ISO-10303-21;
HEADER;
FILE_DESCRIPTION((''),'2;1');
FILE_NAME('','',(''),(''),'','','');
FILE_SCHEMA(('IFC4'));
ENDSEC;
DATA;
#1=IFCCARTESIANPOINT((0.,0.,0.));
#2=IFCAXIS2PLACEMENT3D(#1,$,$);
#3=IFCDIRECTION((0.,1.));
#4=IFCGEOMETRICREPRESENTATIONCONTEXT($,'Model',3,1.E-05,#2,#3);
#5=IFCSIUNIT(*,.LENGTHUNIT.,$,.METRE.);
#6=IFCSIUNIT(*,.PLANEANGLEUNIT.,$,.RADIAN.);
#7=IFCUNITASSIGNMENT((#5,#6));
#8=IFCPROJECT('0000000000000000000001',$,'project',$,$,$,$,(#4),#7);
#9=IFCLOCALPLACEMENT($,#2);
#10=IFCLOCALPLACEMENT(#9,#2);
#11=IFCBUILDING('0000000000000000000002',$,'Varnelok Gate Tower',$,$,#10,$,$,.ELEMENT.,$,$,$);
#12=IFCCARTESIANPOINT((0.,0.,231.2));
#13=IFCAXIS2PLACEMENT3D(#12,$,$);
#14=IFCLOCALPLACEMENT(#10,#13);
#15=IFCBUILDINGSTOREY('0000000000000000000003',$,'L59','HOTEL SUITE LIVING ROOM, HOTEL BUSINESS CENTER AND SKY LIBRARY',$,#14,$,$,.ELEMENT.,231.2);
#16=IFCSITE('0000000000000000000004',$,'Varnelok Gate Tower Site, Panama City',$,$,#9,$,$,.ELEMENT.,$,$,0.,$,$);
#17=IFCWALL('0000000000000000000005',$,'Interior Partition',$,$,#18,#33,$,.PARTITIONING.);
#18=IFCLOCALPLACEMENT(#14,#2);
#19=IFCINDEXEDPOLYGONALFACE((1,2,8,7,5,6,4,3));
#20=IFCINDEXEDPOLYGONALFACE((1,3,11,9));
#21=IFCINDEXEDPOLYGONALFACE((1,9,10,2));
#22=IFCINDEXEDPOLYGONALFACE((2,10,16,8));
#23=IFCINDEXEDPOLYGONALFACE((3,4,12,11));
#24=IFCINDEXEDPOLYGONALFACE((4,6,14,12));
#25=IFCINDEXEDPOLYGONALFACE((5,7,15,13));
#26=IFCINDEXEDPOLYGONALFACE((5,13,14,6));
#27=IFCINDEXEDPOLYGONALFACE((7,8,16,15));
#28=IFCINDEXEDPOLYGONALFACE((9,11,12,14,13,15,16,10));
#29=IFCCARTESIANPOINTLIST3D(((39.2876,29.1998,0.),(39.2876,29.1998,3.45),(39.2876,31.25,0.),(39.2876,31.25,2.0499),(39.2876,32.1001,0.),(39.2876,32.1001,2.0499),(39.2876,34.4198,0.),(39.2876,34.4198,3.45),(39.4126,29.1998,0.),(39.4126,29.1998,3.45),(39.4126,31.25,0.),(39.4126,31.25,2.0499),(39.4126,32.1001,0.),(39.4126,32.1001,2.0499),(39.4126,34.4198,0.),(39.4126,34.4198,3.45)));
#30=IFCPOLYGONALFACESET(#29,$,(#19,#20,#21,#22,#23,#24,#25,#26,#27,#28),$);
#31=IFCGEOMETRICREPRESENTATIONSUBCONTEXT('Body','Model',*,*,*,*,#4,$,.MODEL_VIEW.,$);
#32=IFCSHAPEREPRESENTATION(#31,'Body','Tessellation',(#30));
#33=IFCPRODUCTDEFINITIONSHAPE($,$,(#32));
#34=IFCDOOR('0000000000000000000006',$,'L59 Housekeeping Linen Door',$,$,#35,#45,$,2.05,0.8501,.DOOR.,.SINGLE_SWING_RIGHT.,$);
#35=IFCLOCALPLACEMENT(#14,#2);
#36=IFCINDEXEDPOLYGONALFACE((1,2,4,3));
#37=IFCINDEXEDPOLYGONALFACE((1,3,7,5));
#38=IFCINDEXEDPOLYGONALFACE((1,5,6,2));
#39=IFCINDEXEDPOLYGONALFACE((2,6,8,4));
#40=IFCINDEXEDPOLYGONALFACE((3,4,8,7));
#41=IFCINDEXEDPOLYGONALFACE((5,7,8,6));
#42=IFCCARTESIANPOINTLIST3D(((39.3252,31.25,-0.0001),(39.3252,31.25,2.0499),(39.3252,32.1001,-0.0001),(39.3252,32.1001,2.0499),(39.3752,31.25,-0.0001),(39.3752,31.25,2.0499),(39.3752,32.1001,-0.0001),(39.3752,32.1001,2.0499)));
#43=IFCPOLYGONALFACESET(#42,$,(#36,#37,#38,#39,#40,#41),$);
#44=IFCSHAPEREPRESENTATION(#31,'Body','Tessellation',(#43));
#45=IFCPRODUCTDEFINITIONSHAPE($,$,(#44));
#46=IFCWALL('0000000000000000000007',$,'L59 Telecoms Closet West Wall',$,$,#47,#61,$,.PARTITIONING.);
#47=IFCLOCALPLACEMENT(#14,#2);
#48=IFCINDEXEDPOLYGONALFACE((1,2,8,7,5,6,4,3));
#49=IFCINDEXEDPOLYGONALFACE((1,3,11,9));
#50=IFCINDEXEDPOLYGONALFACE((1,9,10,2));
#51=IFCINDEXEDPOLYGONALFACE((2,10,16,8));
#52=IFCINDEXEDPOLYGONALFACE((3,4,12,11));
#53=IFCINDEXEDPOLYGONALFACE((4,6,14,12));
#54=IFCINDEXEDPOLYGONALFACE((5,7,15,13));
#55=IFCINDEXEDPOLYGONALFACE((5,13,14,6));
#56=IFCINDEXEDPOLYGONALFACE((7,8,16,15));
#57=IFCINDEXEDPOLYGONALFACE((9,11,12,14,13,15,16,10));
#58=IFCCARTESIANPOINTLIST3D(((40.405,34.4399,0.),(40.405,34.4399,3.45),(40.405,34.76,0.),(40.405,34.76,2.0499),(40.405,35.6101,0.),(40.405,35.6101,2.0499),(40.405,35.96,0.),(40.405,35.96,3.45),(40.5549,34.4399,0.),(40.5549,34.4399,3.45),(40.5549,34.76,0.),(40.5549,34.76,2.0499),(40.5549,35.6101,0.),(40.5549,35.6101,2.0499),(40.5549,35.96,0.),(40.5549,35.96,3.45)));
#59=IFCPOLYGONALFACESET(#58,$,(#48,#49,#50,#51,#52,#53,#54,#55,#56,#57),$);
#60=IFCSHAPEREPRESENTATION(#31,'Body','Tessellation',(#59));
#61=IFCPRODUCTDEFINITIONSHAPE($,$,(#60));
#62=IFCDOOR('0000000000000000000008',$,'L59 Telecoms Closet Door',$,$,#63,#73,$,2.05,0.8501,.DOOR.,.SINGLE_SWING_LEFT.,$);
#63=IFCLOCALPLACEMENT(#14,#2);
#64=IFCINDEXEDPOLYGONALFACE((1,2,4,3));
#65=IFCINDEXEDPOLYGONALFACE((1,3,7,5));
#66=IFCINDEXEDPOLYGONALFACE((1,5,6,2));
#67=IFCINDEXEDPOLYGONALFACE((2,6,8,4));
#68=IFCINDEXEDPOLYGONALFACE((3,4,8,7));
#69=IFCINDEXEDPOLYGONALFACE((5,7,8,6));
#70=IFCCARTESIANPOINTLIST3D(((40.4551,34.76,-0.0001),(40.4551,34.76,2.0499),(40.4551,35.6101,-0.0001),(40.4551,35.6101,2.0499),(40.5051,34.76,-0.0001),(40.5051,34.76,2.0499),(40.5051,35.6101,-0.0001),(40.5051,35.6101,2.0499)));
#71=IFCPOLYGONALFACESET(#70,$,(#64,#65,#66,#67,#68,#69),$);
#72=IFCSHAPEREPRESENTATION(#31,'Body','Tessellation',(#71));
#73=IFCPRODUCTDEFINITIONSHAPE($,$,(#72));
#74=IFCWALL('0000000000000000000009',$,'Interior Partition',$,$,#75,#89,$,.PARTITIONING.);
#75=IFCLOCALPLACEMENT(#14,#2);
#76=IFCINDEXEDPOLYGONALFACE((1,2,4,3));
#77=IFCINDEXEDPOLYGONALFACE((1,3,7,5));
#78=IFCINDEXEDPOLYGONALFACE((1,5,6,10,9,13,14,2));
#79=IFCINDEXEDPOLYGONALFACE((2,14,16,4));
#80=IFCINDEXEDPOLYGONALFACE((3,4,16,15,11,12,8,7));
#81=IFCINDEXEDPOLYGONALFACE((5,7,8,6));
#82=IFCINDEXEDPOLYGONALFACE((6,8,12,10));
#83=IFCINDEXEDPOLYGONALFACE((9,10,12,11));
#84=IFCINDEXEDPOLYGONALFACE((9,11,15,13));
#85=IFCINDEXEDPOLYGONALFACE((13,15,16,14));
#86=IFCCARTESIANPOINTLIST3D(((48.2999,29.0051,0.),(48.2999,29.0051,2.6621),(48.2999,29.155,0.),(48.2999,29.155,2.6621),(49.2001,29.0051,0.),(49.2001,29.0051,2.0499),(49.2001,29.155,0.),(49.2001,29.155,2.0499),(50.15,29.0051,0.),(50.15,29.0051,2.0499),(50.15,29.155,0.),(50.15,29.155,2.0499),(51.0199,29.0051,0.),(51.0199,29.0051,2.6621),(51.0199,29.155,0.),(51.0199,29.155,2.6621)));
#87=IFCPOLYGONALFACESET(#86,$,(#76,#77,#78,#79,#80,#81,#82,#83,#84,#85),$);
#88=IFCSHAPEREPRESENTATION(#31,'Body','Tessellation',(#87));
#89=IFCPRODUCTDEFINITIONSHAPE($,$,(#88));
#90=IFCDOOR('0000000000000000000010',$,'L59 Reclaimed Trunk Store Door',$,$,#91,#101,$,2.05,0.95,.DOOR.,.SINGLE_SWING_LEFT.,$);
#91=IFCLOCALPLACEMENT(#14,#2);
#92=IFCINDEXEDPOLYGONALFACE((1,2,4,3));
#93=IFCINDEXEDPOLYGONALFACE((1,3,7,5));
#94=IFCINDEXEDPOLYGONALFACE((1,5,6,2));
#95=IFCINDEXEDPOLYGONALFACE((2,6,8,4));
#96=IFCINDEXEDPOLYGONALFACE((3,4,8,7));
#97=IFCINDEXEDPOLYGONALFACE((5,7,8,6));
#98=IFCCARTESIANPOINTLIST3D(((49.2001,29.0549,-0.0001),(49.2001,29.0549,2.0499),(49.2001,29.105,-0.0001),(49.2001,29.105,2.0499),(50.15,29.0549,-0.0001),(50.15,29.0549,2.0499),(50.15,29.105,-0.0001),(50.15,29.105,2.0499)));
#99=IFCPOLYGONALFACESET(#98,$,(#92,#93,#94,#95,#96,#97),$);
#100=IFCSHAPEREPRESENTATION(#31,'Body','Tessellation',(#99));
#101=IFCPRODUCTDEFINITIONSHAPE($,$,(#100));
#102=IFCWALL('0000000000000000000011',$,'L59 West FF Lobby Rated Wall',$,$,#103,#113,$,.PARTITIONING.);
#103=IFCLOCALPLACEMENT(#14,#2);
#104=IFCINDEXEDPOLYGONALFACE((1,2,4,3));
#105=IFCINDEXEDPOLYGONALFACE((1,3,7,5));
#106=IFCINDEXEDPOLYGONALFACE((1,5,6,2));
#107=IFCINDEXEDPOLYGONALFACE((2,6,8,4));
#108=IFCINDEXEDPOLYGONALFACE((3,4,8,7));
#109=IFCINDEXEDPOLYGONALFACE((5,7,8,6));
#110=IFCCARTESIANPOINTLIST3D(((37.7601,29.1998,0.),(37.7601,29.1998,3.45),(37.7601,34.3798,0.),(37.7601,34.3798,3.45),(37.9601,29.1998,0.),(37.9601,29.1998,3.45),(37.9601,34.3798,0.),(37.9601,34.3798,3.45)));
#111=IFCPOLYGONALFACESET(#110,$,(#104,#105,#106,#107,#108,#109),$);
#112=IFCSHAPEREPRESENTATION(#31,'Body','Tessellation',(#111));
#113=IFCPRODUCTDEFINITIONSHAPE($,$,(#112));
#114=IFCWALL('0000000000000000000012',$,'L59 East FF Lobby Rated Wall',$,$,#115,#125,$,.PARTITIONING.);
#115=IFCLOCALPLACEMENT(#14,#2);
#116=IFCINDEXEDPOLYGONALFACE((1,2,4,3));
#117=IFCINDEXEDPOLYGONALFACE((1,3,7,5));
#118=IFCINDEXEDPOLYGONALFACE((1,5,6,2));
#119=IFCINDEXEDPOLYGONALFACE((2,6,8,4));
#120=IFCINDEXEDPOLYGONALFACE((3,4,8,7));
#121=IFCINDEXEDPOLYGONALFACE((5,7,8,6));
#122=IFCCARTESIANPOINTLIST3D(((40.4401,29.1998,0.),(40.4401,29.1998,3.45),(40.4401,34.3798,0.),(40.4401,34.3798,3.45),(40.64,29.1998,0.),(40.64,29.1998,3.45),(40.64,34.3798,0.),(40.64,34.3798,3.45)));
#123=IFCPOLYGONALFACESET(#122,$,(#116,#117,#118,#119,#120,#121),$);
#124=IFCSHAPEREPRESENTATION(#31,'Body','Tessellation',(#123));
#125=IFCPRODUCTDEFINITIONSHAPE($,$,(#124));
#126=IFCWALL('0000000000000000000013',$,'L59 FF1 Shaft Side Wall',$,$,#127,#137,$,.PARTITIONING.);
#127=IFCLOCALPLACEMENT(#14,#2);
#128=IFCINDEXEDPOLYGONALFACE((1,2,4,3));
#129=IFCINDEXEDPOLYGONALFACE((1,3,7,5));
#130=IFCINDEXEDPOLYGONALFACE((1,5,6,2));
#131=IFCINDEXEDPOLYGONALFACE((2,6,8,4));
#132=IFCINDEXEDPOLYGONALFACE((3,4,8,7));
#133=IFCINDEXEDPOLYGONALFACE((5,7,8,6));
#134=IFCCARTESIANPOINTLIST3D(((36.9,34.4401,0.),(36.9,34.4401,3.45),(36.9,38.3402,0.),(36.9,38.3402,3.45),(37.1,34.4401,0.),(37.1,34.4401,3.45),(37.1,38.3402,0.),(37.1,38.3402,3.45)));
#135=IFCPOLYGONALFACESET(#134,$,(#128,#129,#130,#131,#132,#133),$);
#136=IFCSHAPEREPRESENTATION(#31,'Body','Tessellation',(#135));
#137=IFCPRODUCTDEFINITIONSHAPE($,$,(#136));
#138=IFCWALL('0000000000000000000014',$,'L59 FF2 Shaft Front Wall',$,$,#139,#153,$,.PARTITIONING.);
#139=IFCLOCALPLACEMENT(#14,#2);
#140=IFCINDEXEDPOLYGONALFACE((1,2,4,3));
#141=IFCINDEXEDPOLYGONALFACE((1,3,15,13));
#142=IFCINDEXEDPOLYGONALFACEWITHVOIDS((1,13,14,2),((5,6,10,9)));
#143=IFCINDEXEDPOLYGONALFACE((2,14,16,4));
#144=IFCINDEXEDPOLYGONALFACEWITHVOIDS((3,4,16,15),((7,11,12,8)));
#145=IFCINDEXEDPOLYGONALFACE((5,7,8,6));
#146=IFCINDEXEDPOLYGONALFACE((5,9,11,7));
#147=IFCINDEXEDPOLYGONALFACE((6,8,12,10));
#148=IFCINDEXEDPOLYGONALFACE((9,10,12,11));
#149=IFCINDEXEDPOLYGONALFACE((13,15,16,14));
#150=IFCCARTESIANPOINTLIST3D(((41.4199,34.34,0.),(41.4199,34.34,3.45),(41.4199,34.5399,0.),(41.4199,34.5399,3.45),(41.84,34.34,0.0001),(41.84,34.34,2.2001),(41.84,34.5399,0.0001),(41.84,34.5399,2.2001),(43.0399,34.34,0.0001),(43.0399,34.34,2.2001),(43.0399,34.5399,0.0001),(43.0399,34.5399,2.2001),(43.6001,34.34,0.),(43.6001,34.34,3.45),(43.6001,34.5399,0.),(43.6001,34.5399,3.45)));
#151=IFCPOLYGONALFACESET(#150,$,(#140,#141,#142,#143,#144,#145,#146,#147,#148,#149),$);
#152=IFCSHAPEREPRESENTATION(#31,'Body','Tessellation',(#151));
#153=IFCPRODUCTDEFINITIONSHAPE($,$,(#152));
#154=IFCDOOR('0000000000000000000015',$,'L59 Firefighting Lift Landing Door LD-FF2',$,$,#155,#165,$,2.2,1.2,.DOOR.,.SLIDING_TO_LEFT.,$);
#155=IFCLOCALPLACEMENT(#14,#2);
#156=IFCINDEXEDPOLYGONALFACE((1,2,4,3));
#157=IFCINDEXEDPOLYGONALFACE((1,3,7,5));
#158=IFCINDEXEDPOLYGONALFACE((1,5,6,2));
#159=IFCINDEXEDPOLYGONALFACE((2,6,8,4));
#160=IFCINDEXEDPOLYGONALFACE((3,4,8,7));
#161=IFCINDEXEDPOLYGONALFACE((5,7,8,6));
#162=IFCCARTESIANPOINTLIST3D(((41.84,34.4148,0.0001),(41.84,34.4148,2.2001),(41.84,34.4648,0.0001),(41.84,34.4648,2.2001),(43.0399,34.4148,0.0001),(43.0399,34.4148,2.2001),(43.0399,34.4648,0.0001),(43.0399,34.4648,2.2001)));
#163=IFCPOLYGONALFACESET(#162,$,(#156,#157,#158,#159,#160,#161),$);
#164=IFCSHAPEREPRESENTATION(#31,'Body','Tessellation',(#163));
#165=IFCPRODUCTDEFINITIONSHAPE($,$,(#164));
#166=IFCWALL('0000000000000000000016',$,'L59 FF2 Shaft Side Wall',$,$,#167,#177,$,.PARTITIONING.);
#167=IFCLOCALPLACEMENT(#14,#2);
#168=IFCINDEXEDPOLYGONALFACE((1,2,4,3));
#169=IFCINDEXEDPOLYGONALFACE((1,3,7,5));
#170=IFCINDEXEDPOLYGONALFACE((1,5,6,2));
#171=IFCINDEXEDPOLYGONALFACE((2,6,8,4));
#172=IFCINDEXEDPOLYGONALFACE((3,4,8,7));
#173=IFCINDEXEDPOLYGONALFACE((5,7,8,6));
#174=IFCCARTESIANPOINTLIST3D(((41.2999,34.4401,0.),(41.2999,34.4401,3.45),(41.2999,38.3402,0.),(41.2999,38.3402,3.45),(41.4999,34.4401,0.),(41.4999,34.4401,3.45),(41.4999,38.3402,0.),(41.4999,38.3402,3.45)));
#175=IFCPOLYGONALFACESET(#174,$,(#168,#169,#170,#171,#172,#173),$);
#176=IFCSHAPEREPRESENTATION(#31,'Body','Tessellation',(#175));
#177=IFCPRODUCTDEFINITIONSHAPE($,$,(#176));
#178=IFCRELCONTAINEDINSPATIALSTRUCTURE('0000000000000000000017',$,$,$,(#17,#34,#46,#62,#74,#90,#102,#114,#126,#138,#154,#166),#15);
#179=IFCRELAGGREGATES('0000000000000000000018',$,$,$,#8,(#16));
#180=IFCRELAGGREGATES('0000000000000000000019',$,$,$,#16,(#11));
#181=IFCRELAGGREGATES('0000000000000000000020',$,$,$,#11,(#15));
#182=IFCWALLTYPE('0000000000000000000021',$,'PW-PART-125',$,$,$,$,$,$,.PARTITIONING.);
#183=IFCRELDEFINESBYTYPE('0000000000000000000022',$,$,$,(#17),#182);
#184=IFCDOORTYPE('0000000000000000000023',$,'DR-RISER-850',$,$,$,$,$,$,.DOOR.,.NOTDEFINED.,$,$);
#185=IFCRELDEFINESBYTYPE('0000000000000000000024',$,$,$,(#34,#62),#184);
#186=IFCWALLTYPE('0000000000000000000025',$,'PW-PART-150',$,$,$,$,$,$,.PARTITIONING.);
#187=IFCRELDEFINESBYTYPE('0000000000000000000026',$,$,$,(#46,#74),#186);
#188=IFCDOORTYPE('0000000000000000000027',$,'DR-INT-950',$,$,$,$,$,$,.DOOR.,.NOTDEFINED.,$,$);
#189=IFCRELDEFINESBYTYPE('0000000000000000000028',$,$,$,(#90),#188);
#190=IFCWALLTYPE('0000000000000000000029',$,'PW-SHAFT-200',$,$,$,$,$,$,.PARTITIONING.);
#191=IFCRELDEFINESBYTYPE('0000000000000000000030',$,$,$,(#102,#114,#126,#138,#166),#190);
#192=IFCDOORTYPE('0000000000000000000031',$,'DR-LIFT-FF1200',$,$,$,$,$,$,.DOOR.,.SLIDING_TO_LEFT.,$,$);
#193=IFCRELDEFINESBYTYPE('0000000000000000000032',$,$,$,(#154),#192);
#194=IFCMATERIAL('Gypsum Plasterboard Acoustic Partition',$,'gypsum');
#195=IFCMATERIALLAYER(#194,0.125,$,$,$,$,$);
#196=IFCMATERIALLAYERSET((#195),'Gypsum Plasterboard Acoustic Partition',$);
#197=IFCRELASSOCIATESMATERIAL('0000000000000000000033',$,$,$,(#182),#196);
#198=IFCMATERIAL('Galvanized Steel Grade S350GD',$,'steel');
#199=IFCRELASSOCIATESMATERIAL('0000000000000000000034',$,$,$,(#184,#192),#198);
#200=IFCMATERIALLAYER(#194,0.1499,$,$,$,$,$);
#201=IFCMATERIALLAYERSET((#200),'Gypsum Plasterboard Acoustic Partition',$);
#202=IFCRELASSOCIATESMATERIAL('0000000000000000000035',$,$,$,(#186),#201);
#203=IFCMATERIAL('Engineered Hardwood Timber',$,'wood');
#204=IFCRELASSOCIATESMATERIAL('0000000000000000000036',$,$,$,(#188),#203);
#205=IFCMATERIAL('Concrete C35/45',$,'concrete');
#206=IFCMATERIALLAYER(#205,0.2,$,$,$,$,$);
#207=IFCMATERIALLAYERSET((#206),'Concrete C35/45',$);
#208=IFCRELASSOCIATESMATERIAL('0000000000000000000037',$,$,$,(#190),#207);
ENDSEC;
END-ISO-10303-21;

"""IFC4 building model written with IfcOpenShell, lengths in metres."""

from ifc_helpers import new_model, si_unit, direction, frame, frame_2d, origin, place, context, subcontext, project, spatial, rectangle, extrude, material, layer, layer_set, type_object, element, fill, save


model = new_model("IFC4")

# Units and contexts
model_context = context("Model", 3, precision=1e-05, world=origin(), true_north=direction((0.0, 1.0)))
body_context = subcontext(model_context, "Body", "Model", "MODEL_VIEW")
ifc_project = project(units=[si_unit("LENGTHUNIT", "METRE"), si_unit("PLANEANGLEUNIT", "RADIAN")], contexts=[model_context])

# Site, building, storey
site_placement = place(None, origin())
site = spatial("IfcSite", under=ifc_project, at=site_placement, Name="Varnelok Gate Tower Site, Panama City", CompositionType="ELEMENT", RefElevation=0.0)
building_placement = place(site_placement, origin())
building = spatial("IfcBuilding", under=site, at=building_placement, Name="Varnelok Gate Tower", CompositionType="ELEMENT")
storey_placement = place(building_placement, frame((0.0, 0.0, 231.2)))
storey = spatial("IfcBuildingStorey", under=building, at=storey_placement, Name="L59", Description="HOTEL SUITE LIVING ROOM, HOTEL BUSINESS CENTER AND SKY LIBRARY", CompositionType="ELEMENT", Elevation=231.2)

# Walls, openings, doors
ifc_material_1 = material(Name="Gypsum Plasterboard Acoustic Partition", Category="gypsum")
ifc_layer_1 = layer(ifc_material_1, 0.125)
ifc_layer_set_1 = layer_set([ifc_layer_1], Name="Gypsum Plasterboard Acoustic Partition")
wall_type_1 = type_object("IfcWallType", Name="PW-PART-125", PredefinedType="PARTITIONING", material=ifc_layer_set_1)
wall_1_placement = place(storey_placement, frame((39.3501, 29.2, 0.0), z_axis=(0.0, 0.0, 1.0), x_axis=(0.0, 1.0, 0.0)))
wall_1 = element("IfcWall", 1, at=wall_1_placement, inside=storey, type_object=wall_type_1, Name="Interior Partition", PredefinedType="PARTITIONING", context=body_context, shape_type="SweptSolid", body=[
    extrude(rectangle(XDim=5.22, YDim=0.125, at=frame_2d((2.6099, 0.0))), origin(), (0.0, 0.0, 1.0), 3.45),
])
opening_1_placement = place(wall_1_placement, frame((2.05, 0.0, 0.0)))
opening_1 = element("IfcOpeningElement", 2, at=opening_1_placement, cuts=wall_1, PredefinedType="OPENING", context=body_context, shape_type="SweptSolid", body=[
    extrude(rectangle(XDim=0.8501, YDim=2.05, at=frame_2d((0.425, 1.0249))), frame((0.0, 0.0725, 0.0), z_axis=(0.0, -1.0, 0.0), x_axis=(1.0, 0.0, 0.0)), (0.0, 0.0, 1.0), 0.145),
])
ifc_material_2 = material(Name="Galvanized Steel Grade S350GD", Category="steel")
door_type_1 = type_object("IfcDoorType", Name="DR-RISER-850", OperationType="NOTDEFINED", PredefinedType="DOOR", material=ifc_material_2)
door_1_placement = place(opening_1_placement, origin())
door_1 = element("IfcDoor", 3, at=door_1_placement, inside=storey, type_object=door_type_1, Name="L59 Housekeeping Linen Door", OperationType="SINGLE_SWING_RIGHT", OverallHeight=2.05, OverallWidth=0.8501, PredefinedType="DOOR", context=body_context, shape_type="SweptSolid", body=[
    extrude(rectangle(XDim=0.8501, YDim=2.05, at=frame_2d((0.425, 1.0249))), frame((0.0, 0.0249, 0.0), z_axis=(0.0, -1.0, 0.0), x_axis=(1.0, 0.0, 0.0)), (0.0, 0.0, 1.0), 0.05),
])
fill(opening_1, door_1)
ifc_layer_2 = layer(ifc_material_1, 0.1499)
ifc_layer_set_2 = layer_set([ifc_layer_2], Name="Gypsum Plasterboard Acoustic Partition")
wall_type_2 = type_object("IfcWallType", Name="PW-PART-150", PredefinedType="PARTITIONING", material=ifc_layer_set_2)
wall_2_placement = place(storey_placement, frame((40.48, 34.4399, 0.0), z_axis=(0.0, 0.0, 1.0), x_axis=(0.0, 1.0, 0.0)))
wall_2 = element("IfcWall", 4, at=wall_2_placement, inside=storey, type_object=wall_type_2, Name="L59 Telecoms Closet West Wall", PredefinedType="PARTITIONING", context=body_context, shape_type="SweptSolid", body=[
    extrude(rectangle(XDim=1.52, YDim=0.1499, at=frame_2d((0.76, 0.0))), origin(), (0.0, 0.0, 1.0), 3.45),
])
opening_2_placement = place(wall_2_placement, frame((0.3201, 0.0, 0.0)))
opening_2 = element("IfcOpeningElement", 5, at=opening_2_placement, cuts=wall_2, PredefinedType="OPENING", context=body_context, shape_type="SweptSolid", body=[
    extrude(rectangle(XDim=0.8501, YDim=2.05, at=frame_2d((0.425, 1.0249))), frame((0.0, 0.085, 0.0), z_axis=(0.0, -1.0, 0.0), x_axis=(1.0, 0.0, 0.0)), (0.0, 0.0, 1.0), 0.1699),
])
door_2_placement = place(opening_2_placement, origin())
door_2 = element("IfcDoor", 6, at=door_2_placement, inside=storey, type_object=door_type_1, Name="L59 Telecoms Closet Door", OperationType="SINGLE_SWING_LEFT", OverallHeight=2.05, OverallWidth=0.8501, PredefinedType="DOOR", context=body_context, shape_type="SweptSolid", body=[
    extrude(rectangle(XDim=0.8501, YDim=2.05, at=frame_2d((0.425, 1.0249))), frame((0.0, 0.0249, 0.0), z_axis=(0.0, -1.0, 0.0), x_axis=(1.0, 0.0, 0.0)), (0.0, 0.0, 1.0), 0.05),
])
fill(opening_2, door_2)
wall_3_placement = place(storey_placement, frame((48.3, 29.0801, 0.0), z_axis=(0.0, 0.0, 1.0), x_axis=(1.0, 0.0, 0.0)))
wall_3 = element("IfcWall", 7, at=wall_3_placement, inside=storey, type_object=wall_type_2, Name="Interior Partition", PredefinedType="PARTITIONING", context=body_context, shape_type="SweptSolid", body=[
    extrude(rectangle(XDim=2.72, YDim=0.1499, at=frame_2d((1.3599, 0.0))), origin(), (0.0, 0.0, 1.0), 2.6621),
])
opening_3_placement = place(wall_3_placement, frame((0.8999, 0.0, 0.0)))
opening_3 = element("IfcOpeningElement", 8, at=opening_3_placement, cuts=wall_3, PredefinedType="OPENING", context=body_context, shape_type="SweptSolid", body=[
    extrude(rectangle(XDim=0.95, YDim=2.05, at=frame_2d((0.4751, 1.0249))), frame((0.0, 0.085, 0.0), z_axis=(0.0, -1.0, 0.0), x_axis=(1.0, 0.0, 0.0)), (0.0, 0.0, 1.0), 0.1699),
])
ifc_material_3 = material(Name="Engineered Hardwood Timber", Category="wood")
door_type_2 = type_object("IfcDoorType", Name="DR-INT-950", OperationType="NOTDEFINED", PredefinedType="DOOR", material=ifc_material_3)
door_3_placement = place(opening_3_placement, origin())
door_3 = element("IfcDoor", 9, at=door_3_placement, inside=storey, type_object=door_type_2, Name="L59 Reclaimed Trunk Store Door", OperationType="SINGLE_SWING_LEFT", OverallHeight=2.05, OverallWidth=0.95, PredefinedType="DOOR", context=body_context, shape_type="SweptSolid", body=[
    extrude(rectangle(XDim=0.95, YDim=2.05, at=frame_2d((0.4751, 1.0249))), frame((0.0, 0.0249, 0.0), z_axis=(0.0, -1.0, 0.0), x_axis=(1.0, 0.0, 0.0)), (0.0, 0.0, 1.0), 0.05),
])
fill(opening_3, door_3)

# Walls
ifc_material_4 = material(Name="Concrete C35/45", Category="concrete")
ifc_layer_3 = layer(ifc_material_4, 0.2)
ifc_layer_set_3 = layer_set([ifc_layer_3], Name="Concrete C35/45")
wall_type_3 = type_object("IfcWallType", Name="PW-SHAFT-200", PredefinedType="PARTITIONING", material=ifc_layer_set_3)
for number, where, z_axis, x_axis, name in (
    (10, (37.8601, 29.2, 0.0), (0.0, 0.0, 1.0), (0.0, 1.0, 0.0), "L59 West FF Lobby Rated Wall"),
    (11, (40.54, 29.2, 0.0), (0.0, 0.0, 1.0), (0.0, 1.0, 0.0), "L59 East FF Lobby Rated Wall"),
):
    element("IfcWall", number, at=place(storey_placement, frame(where, z_axis=z_axis, x_axis=x_axis)), inside=storey, type_object=wall_type_3, Name=name, PredefinedType="PARTITIONING", context=body_context, shape_type="SweptSolid", body=[
        extrude(rectangle(XDim=5.1799, YDim=0.2, at=frame_2d((2.5898, 0.0))), origin(), (0.0, 0.0, 1.0), 3.45),
    ])
wall_4_placement = place(storey_placement, frame((37.0, 34.4399, 0.0), z_axis=(0.0, 0.0, 1.0), x_axis=(0.0, 1.0, 0.0)))
element("IfcWall", 12, at=wall_4_placement, inside=storey, type_object=wall_type_3, Name="L59 FF1 Shaft Side Wall", PredefinedType="PARTITIONING", context=body_context, shape_type="SweptSolid", body=[
    extrude(rectangle(XDim=3.9001, YDim=0.2, at=frame_2d((1.9502, 0.0))), origin(), (0.0, 0.0, 1.0), 3.45),
])

# Wall, opening, door
wall_5_placement = place(storey_placement, frame((41.4199, 34.4399, 0.0), z_axis=(0.0, 0.0, 1.0), x_axis=(1.0, 0.0, 0.0)))
wall_5 = element("IfcWall", 13, at=wall_5_placement, inside=storey, type_object=wall_type_3, Name="L59 FF2 Shaft Front Wall", PredefinedType="PARTITIONING", context=body_context, shape_type="SweptSolid", body=[
    extrude(rectangle(XDim=2.1802, YDim=0.2, at=frame_2d((1.0901, 0.0))), origin(), (0.0, 0.0, 1.0), 3.45),
])
opening_4_placement = place(wall_5_placement, frame((0.4199, 0.0, 0.0)))
opening_4 = element("IfcOpeningElement", 14, at=opening_4_placement, cuts=wall_5, PredefinedType="OPENING", context=body_context, shape_type="SweptSolid", body=[
    extrude(rectangle(XDim=1.2, YDim=2.2, at=frame_2d((0.6001, 1.1001))), frame((0.0, 0.1099, 0.0), z_axis=(0.0, -1.0, 0.0), x_axis=(1.0, 0.0, 0.0)), (0.0, 0.0, 1.0), 0.22),
])
door_type_3 = type_object("IfcDoorType", Name="DR-LIFT-FF1200", OperationType="SLIDING_TO_LEFT", PredefinedType="DOOR", material=ifc_material_2)
door_4_placement = place(opening_4_placement, origin())
door_4 = element("IfcDoor", 15, at=door_4_placement, inside=storey, type_object=door_type_3, Name="L59 Firefighting Lift Landing Door LD-FF2", OperationType="SLIDING_TO_LEFT", OverallHeight=2.2, OverallWidth=1.2, PredefinedType="DOOR", context=body_context, shape_type="SweptSolid", body=[
    extrude(rectangle(XDim=1.2, YDim=2.2, at=frame_2d((0.6001, 1.1001))), frame((0.0, 0.0249, 0.0), z_axis=(0.0, -1.0, 0.0), x_axis=(1.0, 0.0, 0.0)), (0.0, 0.0, 1.0), 0.05),
])
fill(opening_4, door_4)

# Wall
wall_6_placement = place(storey_placement, frame((41.3999, 34.4399, 0.0), z_axis=(0.0, 0.0, 1.0), x_axis=(0.0, 1.0, 0.0)))
element("IfcWall", 16, at=wall_6_placement, inside=storey, type_object=wall_type_3, Name="L59 FF2 Shaft Side Wall", PredefinedType="PARTITIONING", context=body_context, shape_type="SweptSolid", body=[
    extrude(rectangle(XDim=3.9001, YDim=0.2, at=frame_2d((1.9502, 0.0))), origin(), (0.0, 0.0, 1.0), 3.45),
])

save(model, "model.ifc")
